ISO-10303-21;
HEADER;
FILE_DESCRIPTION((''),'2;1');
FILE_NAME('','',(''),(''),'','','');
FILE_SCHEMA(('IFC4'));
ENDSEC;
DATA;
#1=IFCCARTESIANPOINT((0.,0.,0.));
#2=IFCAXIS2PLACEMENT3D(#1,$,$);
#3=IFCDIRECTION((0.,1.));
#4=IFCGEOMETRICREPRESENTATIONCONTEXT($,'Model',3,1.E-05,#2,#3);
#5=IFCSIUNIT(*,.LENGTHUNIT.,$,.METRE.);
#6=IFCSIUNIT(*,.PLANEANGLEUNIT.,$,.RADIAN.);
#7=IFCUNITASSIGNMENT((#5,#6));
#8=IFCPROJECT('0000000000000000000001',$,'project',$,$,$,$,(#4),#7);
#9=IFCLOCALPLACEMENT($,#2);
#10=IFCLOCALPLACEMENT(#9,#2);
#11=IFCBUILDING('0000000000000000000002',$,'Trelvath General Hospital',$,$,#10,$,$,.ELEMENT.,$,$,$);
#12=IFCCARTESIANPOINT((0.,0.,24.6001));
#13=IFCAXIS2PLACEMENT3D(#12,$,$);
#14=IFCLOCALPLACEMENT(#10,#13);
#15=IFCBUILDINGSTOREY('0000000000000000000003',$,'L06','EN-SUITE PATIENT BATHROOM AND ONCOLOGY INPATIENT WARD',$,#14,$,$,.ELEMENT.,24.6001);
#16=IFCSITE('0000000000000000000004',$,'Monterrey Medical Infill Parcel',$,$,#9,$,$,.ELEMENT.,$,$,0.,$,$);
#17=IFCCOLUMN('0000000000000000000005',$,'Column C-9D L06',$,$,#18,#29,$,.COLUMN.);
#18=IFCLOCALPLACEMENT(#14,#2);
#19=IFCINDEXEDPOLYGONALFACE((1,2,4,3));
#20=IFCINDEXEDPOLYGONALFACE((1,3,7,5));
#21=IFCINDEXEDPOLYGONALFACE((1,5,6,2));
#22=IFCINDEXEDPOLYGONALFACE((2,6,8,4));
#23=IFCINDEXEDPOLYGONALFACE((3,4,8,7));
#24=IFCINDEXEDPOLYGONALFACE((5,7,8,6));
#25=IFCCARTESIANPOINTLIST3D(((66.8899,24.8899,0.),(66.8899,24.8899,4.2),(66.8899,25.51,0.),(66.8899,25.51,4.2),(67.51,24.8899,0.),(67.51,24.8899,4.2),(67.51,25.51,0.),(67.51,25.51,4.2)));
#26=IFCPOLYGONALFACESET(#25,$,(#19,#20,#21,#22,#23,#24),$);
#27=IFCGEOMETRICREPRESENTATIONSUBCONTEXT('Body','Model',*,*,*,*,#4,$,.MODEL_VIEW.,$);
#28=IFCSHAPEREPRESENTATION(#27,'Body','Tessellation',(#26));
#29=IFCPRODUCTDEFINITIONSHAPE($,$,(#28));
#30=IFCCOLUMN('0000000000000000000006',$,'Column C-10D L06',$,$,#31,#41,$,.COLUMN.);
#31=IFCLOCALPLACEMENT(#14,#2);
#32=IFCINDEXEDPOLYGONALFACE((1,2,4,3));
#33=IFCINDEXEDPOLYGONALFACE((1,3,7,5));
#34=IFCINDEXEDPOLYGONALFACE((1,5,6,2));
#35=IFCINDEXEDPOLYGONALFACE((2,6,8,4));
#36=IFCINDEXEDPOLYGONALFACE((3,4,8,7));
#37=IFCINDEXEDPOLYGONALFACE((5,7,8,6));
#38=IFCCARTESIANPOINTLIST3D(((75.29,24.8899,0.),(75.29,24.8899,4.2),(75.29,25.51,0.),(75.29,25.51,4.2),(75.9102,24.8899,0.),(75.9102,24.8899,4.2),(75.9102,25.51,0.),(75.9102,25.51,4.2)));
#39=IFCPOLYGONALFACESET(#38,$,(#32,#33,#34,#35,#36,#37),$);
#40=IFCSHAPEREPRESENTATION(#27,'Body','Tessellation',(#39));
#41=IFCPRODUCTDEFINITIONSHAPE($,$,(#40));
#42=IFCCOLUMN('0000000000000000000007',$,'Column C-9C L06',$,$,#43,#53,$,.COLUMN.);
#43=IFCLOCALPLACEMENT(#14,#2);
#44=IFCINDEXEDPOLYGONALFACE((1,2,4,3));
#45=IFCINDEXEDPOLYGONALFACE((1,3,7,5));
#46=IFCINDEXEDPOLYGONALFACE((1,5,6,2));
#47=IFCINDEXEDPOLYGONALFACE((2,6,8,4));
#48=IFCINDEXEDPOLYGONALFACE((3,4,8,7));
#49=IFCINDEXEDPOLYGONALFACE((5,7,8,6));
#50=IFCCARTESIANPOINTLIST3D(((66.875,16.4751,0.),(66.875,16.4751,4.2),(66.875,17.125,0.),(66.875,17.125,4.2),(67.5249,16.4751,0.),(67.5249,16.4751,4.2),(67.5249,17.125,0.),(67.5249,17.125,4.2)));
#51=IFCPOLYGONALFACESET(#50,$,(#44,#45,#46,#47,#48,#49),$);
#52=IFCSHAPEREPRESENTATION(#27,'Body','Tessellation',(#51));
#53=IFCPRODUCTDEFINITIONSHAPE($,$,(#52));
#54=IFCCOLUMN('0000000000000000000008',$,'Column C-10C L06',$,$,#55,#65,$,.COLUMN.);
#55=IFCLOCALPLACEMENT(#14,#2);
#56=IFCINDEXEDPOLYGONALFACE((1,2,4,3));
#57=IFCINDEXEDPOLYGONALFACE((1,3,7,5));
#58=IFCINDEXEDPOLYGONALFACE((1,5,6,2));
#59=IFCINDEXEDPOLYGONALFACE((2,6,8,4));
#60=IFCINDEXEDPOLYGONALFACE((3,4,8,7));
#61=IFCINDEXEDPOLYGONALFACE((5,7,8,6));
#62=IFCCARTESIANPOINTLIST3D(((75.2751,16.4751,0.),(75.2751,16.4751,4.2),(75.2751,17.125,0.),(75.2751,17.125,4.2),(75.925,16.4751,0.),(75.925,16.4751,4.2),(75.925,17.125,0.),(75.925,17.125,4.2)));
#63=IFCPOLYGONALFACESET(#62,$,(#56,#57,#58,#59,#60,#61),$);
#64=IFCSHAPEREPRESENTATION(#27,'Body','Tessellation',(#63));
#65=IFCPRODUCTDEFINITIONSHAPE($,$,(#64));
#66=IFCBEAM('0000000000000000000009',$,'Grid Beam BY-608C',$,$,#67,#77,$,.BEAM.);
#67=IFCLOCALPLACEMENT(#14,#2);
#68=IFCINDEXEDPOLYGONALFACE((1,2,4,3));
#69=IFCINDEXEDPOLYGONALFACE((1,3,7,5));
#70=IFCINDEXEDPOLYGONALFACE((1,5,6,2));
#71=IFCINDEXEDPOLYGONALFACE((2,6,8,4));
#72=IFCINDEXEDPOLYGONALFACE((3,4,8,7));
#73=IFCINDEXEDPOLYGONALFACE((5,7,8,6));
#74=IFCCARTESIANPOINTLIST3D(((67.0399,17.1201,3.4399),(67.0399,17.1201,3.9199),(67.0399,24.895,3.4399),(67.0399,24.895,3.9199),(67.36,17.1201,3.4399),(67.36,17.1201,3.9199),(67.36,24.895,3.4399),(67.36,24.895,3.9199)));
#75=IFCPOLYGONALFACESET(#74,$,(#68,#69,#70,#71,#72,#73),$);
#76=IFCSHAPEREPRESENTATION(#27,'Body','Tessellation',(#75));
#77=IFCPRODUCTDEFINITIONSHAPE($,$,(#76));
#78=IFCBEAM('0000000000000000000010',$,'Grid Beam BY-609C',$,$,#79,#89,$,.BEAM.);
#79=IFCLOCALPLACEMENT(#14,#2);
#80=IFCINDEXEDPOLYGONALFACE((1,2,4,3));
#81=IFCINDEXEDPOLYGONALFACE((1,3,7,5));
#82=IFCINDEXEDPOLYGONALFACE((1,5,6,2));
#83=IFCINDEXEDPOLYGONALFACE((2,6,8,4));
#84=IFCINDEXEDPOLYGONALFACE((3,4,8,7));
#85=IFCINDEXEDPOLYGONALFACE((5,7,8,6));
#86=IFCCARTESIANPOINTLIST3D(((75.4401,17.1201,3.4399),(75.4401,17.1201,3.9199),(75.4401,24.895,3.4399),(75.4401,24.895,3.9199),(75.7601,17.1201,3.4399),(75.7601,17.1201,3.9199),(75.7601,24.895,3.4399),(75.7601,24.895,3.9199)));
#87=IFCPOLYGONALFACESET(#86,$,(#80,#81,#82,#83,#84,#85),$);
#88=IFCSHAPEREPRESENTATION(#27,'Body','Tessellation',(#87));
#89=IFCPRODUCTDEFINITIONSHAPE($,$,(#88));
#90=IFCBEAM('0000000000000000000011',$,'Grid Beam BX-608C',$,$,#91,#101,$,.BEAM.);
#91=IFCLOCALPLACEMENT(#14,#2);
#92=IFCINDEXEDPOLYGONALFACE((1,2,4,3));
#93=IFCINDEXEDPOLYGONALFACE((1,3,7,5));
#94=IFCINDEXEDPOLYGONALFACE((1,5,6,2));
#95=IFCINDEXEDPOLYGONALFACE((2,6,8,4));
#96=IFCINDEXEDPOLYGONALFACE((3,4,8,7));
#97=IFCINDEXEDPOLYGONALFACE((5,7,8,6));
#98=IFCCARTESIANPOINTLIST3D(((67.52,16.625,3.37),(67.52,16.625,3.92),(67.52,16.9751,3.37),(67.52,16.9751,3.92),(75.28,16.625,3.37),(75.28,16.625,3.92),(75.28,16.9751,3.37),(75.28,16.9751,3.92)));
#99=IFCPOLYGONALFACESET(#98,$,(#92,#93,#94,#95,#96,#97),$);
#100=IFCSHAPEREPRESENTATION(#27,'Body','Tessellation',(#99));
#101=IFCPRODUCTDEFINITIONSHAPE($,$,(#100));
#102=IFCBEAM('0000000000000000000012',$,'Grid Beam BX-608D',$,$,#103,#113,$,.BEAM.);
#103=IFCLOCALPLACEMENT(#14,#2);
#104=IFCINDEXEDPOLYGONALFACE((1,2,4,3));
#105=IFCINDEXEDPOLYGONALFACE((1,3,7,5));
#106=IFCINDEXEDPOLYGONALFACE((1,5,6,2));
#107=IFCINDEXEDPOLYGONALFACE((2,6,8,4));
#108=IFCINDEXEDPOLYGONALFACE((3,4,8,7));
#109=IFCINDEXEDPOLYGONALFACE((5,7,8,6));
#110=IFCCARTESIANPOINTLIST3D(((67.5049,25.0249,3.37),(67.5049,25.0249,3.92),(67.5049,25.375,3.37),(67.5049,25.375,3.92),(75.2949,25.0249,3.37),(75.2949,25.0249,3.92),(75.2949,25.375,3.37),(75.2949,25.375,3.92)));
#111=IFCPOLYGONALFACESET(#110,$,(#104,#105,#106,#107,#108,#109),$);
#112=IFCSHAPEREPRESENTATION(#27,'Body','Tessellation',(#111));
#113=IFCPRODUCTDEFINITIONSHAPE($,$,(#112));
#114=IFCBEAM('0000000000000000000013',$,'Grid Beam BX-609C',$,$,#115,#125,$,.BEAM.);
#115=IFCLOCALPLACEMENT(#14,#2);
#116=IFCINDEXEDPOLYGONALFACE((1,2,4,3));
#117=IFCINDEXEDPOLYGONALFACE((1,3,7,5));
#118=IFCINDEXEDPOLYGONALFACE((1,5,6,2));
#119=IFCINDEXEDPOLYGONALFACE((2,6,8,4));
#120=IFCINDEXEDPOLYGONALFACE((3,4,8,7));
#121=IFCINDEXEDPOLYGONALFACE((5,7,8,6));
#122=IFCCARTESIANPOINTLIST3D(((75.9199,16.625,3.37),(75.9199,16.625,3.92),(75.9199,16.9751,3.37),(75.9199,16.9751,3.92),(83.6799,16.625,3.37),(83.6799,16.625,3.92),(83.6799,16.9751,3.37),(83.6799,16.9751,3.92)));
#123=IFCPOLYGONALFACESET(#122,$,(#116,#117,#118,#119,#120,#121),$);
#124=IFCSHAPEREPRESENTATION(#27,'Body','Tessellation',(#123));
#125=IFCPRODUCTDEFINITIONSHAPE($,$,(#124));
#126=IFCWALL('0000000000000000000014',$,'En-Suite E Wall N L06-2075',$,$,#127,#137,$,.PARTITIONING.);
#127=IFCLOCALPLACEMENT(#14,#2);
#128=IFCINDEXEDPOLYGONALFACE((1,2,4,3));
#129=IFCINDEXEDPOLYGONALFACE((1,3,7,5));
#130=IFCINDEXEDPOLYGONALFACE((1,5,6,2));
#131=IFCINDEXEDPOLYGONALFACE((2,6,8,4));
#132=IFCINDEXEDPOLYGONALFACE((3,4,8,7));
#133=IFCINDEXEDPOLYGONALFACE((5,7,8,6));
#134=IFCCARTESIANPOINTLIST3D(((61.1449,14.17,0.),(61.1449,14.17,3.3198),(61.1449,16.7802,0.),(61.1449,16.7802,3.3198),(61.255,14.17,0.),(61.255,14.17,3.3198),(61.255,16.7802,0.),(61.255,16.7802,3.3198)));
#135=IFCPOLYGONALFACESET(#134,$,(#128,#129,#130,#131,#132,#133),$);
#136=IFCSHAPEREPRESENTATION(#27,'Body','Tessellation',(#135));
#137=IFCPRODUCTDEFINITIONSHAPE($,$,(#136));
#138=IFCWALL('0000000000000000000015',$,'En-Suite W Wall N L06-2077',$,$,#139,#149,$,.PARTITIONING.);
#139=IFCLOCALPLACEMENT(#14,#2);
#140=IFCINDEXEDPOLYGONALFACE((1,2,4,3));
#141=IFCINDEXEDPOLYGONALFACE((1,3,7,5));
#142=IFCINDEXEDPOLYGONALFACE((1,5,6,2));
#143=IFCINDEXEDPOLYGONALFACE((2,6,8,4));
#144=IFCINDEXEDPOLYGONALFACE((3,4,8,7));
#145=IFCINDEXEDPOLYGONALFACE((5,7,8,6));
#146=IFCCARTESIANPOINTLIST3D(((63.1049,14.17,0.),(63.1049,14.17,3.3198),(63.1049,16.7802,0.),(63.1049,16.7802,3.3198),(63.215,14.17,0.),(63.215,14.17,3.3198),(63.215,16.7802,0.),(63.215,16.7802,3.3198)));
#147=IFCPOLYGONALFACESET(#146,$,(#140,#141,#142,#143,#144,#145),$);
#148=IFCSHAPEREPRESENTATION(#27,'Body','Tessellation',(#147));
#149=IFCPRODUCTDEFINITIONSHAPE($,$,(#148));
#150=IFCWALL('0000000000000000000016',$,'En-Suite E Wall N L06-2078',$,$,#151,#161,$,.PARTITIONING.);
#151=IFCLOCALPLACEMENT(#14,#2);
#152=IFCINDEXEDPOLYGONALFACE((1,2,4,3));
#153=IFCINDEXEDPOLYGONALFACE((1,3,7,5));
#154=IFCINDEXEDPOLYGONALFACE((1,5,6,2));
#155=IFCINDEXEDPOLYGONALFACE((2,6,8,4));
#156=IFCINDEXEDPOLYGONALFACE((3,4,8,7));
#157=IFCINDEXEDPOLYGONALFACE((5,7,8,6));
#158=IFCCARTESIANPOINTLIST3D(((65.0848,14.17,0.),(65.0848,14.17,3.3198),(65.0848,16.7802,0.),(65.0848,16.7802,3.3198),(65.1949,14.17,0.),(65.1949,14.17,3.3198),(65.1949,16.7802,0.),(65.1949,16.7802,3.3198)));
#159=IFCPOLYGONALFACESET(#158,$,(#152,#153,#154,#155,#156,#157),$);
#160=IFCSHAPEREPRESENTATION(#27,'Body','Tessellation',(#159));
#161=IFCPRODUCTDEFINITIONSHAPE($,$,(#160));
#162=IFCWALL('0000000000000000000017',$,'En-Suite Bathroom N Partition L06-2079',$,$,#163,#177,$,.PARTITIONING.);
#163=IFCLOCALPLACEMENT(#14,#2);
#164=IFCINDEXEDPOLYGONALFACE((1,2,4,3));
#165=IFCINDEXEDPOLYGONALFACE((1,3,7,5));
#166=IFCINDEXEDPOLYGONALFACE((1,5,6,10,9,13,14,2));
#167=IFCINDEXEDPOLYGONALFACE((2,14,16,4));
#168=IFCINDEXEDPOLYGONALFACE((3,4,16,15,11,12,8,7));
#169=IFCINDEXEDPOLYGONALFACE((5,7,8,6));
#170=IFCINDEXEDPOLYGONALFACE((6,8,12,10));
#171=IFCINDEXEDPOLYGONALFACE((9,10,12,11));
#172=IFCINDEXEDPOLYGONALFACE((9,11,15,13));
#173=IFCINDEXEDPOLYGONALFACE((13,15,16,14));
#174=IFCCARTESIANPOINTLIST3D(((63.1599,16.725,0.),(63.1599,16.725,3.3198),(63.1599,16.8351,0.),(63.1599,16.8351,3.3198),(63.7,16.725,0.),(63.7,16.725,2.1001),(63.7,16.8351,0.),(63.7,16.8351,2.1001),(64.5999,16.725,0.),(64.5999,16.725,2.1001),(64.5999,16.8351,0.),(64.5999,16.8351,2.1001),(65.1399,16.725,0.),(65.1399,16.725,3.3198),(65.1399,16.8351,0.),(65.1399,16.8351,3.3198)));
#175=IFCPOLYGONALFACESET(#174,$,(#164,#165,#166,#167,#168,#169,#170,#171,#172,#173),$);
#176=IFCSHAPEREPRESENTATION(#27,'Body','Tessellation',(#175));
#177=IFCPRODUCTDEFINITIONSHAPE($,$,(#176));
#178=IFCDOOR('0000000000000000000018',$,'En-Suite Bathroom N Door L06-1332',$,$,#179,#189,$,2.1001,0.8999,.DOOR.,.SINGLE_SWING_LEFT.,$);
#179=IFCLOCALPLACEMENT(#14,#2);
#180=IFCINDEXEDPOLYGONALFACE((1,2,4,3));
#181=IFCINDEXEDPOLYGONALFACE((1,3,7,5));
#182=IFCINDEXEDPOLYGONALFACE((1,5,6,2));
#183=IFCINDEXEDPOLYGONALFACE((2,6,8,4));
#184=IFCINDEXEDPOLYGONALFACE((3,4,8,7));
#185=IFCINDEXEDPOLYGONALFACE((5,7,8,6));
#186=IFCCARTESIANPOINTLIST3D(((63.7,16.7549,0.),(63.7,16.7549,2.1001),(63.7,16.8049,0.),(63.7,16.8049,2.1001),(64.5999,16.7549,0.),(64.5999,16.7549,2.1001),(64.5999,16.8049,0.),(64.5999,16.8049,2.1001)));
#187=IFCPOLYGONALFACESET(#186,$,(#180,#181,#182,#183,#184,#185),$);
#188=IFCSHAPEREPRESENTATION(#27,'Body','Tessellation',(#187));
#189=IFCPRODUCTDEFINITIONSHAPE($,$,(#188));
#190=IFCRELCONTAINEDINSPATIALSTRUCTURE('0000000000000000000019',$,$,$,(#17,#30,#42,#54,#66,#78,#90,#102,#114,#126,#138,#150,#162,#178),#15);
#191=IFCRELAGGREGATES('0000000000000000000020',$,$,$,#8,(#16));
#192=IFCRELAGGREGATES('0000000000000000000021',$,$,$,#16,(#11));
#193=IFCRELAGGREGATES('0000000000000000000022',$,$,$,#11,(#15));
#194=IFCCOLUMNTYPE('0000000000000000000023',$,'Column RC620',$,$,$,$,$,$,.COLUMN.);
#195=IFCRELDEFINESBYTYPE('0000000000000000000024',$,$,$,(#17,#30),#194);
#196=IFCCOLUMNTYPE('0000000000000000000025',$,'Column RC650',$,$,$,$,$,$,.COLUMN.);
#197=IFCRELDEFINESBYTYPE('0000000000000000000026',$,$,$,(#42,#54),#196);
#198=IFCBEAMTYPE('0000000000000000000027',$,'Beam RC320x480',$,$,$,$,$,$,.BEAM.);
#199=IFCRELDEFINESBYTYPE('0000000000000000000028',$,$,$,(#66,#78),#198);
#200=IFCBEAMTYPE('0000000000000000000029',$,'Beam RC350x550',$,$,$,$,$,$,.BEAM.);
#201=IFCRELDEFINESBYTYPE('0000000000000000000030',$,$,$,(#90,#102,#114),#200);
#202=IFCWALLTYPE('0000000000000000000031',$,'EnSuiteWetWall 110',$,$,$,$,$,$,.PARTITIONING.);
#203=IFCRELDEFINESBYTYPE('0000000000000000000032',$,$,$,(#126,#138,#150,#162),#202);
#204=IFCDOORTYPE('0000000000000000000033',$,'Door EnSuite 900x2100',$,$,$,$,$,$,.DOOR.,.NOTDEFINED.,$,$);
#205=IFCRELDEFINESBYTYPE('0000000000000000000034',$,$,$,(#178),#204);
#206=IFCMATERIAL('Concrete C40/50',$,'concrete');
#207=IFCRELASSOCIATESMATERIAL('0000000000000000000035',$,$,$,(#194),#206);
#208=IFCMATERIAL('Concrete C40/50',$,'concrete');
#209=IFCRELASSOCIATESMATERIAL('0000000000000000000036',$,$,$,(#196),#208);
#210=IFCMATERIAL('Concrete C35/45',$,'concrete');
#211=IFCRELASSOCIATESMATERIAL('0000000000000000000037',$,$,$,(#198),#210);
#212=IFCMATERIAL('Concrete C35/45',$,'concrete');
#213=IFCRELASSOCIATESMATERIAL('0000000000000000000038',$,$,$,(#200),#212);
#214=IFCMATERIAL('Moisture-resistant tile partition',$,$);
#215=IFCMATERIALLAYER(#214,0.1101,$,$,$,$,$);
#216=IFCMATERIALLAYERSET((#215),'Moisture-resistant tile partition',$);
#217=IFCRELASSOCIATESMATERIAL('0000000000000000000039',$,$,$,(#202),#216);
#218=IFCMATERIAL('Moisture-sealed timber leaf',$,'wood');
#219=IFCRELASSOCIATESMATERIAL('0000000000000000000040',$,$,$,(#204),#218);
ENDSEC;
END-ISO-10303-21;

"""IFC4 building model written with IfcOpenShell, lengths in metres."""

from ifc_helpers import new_model, si_unit, direction, frame, frame_2d, origin, origin_2d, place, context, subcontext, project, spatial, rectangle, extrude, material, layer, layer_set, material_profile, profile_set, type_object, element, fill, save


model = new_model("IFC4")

# Units and contexts
model_context = context("Model", 3, precision=1e-05, world=origin(), true_north=direction((0.0, 1.0)))
body_context = subcontext(model_context, "Body", "Model", "MODEL_VIEW")
ifc_project = project(units=[si_unit("LENGTHUNIT", "METRE"), si_unit("PLANEANGLEUNIT", "RADIAN")], contexts=[model_context])

# Site, building, storey
site_placement = place(None, origin())
site = spatial("IfcSite", under=ifc_project, at=site_placement, Name="Monterrey Medical Infill Parcel", CompositionType="ELEMENT", RefElevation=0.0)
building_placement = place(site_placement, origin())
building = spatial("IfcBuilding", under=site, at=building_placement, Name="Trelvath General Hospital", CompositionType="ELEMENT")
storey_placement = place(building_placement, frame((0.0, 0.0, 24.6001)))
storey = spatial("IfcBuildingStorey", under=building, at=storey_placement, Name="L06", Description="EN-SUITE PATIENT BATHROOM AND ONCOLOGY INPATIENT WARD", CompositionType="ELEMENT", Elevation=24.6001)

# Columns
ifc_material_1 = material(Name="Concrete C40/50", Category="concrete")
ifc_material_profile_1 = material_profile(ifc_material_1, rectangle(XDim=0.6201, YDim=0.6201, at=origin_2d()), Name="RC620x620")
ifc_profile_set_1 = profile_set([ifc_material_profile_1], Name="Concrete C40/50")
column_type_1 = type_object("IfcColumnType", Name="Column RC620", PredefinedType="COLUMN", material=ifc_profile_set_1)
for number, where, z_axis, x_axis, name in (
    (1, (67.2, 25.2, 0.0), (0.0, 0.0, 1.0), (1.0, 0.0, 0.0), "Column C-9D L06"),
    (2, (75.6001, 25.2, 0.0), (0.0, 0.0, 1.0), (1.0, 0.0, 0.0), "Column C-10D L06"),
):
    element("IfcColumn", number, at=place(storey_placement, frame(where, z_axis=z_axis, x_axis=x_axis)), inside=storey, type_object=column_type_1, Name=name, PredefinedType="COLUMN", context=body_context, shape_type="SweptSolid", body=[
        extrude(rectangle(XDim=0.6201, YDim=0.6201, at=origin_2d()), origin(), (0.0, 0.0, 1.0), 4.2),
    ])
ifc_material_2 = material(Name="Concrete C40/50", Category="concrete")
ifc_material_profile_2 = material_profile(ifc_material_2, rectangle(XDim=0.6499, YDim=0.6499, at=origin_2d()), Name="RC650x650")
ifc_profile_set_2 = profile_set([ifc_material_profile_2], Name="Concrete C40/50")
column_type_2 = type_object("IfcColumnType", Name="Column RC650", PredefinedType="COLUMN", material=ifc_profile_set_2)
for number, where, z_axis, x_axis, name in (
    (3, (67.2, 16.8, 0.0), (0.0, 0.0, 1.0), (1.0, 0.0, 0.0), "Column C-9C L06"),
    (4, (75.6001, 16.8, 0.0), (0.0, 0.0, 1.0), (1.0, 0.0, 0.0), "Column C-10C L06"),
):
    element("IfcColumn", number, at=place(storey_placement, frame(where, z_axis=z_axis, x_axis=x_axis)), inside=storey, type_object=column_type_2, Name=name, PredefinedType="COLUMN", context=body_context, shape_type="SweptSolid", body=[
        extrude(rectangle(XDim=0.6499, YDim=0.6499, at=origin_2d()), origin(), (0.0, 0.0, 1.0), 4.2),
    ])

# Beams
ifc_material_3 = material(Name="Concrete C35/45", Category="concrete")
ifc_material_profile_3 = material_profile(ifc_material_3, rectangle(XDim=0.3201, YDim=0.48, at=origin_2d()), Name="RCB320x480")
ifc_profile_set_3 = profile_set([ifc_material_profile_3], Name="Concrete C35/45")
beam_type_1 = type_object("IfcBeamType", Name="Beam RC320x480", PredefinedType="BEAM", material=ifc_profile_set_3)
for number, where, z_axis, x_axis, name in (
    (5, (67.2, 17.1201, 3.6799), (0.0, 1.0, 0.0), (-1.0, 0.0, 0.0), "Grid Beam BY-608C"),
    (6, (75.6001, 17.1201, 3.6799), (0.0, 1.0, 0.0), (-1.0, 0.0, 0.0), "Grid Beam BY-609C"),
):
    element("IfcBeam", number, at=place(storey_placement, frame(where, z_axis=z_axis, x_axis=x_axis)), inside=storey, type_object=beam_type_1, Name=name, PredefinedType="BEAM", context=body_context, shape_type="SweptSolid", body=[
        extrude(rectangle(XDim=0.3201, YDim=0.48, at=origin_2d()), origin(), (0.0, 0.0, 1.0), 7.7749),
    ])
ifc_material_4 = material(Name="Concrete C35/45", Category="concrete")
ifc_material_profile_4 = material_profile(ifc_material_4, rectangle(XDim=0.3501, YDim=0.55, at=origin_2d()), Name="RCB350x550")
ifc_profile_set_4 = profile_set([ifc_material_profile_4], Name="Concrete C35/45")
beam_type_2 = type_object("IfcBeamType", Name="Beam RC350x550", PredefinedType="BEAM", material=ifc_profile_set_4)
beam_1_placement = place(storey_placement, frame((67.52, 16.8, 3.645), z_axis=(1.0, 0.0, 0.0), x_axis=(0.0, 1.0, 0.0)))
element("IfcBeam", 7, at=beam_1_placement, inside=storey, type_object=beam_type_2, Name="Grid Beam BX-608C", PredefinedType="BEAM", context=body_context, shape_type="SweptSolid", body=[
    extrude(rectangle(XDim=0.3501, YDim=0.55, at=origin_2d()), origin(), (0.0, 0.0, 1.0), 7.76),
])
beam_2_placement = place(storey_placement, frame((67.5049, 25.2, 3.645), z_axis=(1.0, 0.0, 0.0), x_axis=(0.0, 1.0, 0.0)))
element("IfcBeam", 8, at=beam_2_placement, inside=storey, type_object=beam_type_2, Name="Grid Beam BX-608D", PredefinedType="BEAM", context=body_context, shape_type="SweptSolid", body=[
    extrude(rectangle(XDim=0.3501, YDim=0.55, at=origin_2d()), origin(), (0.0, 0.0, 1.0), 7.79),
])
beam_3_placement = place(storey_placement, frame((75.9199, 16.8, 3.645), z_axis=(1.0, 0.0, 0.0), x_axis=(0.0, 1.0, 0.0)))
element("IfcBeam", 9, at=beam_3_placement, inside=storey, type_object=beam_type_2, Name="Grid Beam BX-609C", PredefinedType="BEAM", context=body_context, shape_type="SweptSolid", body=[
    extrude(rectangle(XDim=0.3501, YDim=0.55, at=origin_2d()), origin(), (0.0, 0.0, 1.0), 7.76),
])

# Walls
ifc_material_5 = material(Name="Moisture-resistant tile partition")
ifc_layer_1 = layer(ifc_material_5, 0.1101)
ifc_layer_set_1 = layer_set([ifc_layer_1], Name="Moisture-resistant tile partition")
wall_type_1 = type_object("IfcWallType", Name="EnSuiteWetWall 110", PredefinedType="PARTITIONING", material=ifc_layer_set_1)
for number, where, z_axis, x_axis, name in (
    (10, (61.2, 14.1699, 0.0), (0.0, 0.0, 1.0), (0.0, 1.0, 0.0), "En-Suite E Wall N L06-2075"),
    (11, (63.1599, 14.1699, 0.0), (0.0, 0.0, 1.0), (0.0, 1.0, 0.0), "En-Suite W Wall N L06-2077"),
    (12, (65.1399, 14.1699, 0.0), (0.0, 0.0, 1.0), (0.0, 1.0, 0.0), "En-Suite E Wall N L06-2078"),
):
    element("IfcWall", number, at=place(storey_placement, frame(where, z_axis=z_axis, x_axis=x_axis)), inside=storey, type_object=wall_type_1, Name=name, PredefinedType="PARTITIONING", context=body_context, shape_type="SweptSolid", body=[
        extrude(rectangle(XDim=2.6101, YDim=0.1101, at=frame_2d((1.3052, 0.0))), origin(), (0.0, 0.0, 1.0), 3.3198),
    ])

# Wall, opening, door
wall_1_placement = place(storey_placement, frame((63.1599, 16.78, 0.0), z_axis=(0.0, 0.0, 1.0), x_axis=(1.0, 0.0, 0.0)))
wall_1 = element("IfcWall", 13, at=wall_1_placement, inside=storey, type_object=wall_type_1, Name="En-Suite Bathroom N Partition L06-2079", PredefinedType="PARTITIONING", context=body_context, shape_type="SweptSolid", body=[
    extrude(rectangle(XDim=1.98, YDim=0.1101, at=frame_2d((0.99, 0.0))), origin(), (0.0, 0.0, 1.0), 3.3198),
])
opening_1_placement = place(wall_1_placement, frame((0.54, 0.0, 0.0)))
opening_1 = element("IfcOpeningElement", 14, at=opening_1_placement, cuts=wall_1, PredefinedType="OPENING", context=body_context, shape_type="SweptSolid", body=[
    extrude(rectangle(XDim=0.8999, YDim=2.1001, at=frame_2d((0.45, 1.05))), frame((0.0, 0.0649, 0.0), z_axis=(0.0, -1.0, 0.0), x_axis=(1.0, 0.0, 0.0)), (0.0, 0.0, 1.0), 0.1301),
])
ifc_material_6 = material(Name="Moisture-sealed timber leaf", Category="wood")
door_type = type_object("IfcDoorType", Name="Door EnSuite 900x2100", OperationType="NOTDEFINED", PredefinedType="DOOR", material=ifc_material_6)
door_1_placement = place(opening_1_placement, origin())
door_1 = element("IfcDoor", 15, at=door_1_placement, inside=storey, type_object=door_type, Name="En-Suite Bathroom N Door L06-1332", OperationType="SINGLE_SWING_LEFT", OverallHeight=2.1001, OverallWidth=0.8999, PredefinedType="DOOR", context=body_context, shape_type="SweptSolid", body=[
    extrude(rectangle(XDim=0.8999, YDim=2.1001, at=frame_2d((0.45, 1.05))), frame((0.0, 0.0249, 0.0), z_axis=(0.0, -1.0, 0.0), x_axis=(1.0, 0.0, 0.0)), (0.0, 0.0, 1.0), 0.05),
])
fill(opening_1, door_1)

save(model, "model.ifc")
